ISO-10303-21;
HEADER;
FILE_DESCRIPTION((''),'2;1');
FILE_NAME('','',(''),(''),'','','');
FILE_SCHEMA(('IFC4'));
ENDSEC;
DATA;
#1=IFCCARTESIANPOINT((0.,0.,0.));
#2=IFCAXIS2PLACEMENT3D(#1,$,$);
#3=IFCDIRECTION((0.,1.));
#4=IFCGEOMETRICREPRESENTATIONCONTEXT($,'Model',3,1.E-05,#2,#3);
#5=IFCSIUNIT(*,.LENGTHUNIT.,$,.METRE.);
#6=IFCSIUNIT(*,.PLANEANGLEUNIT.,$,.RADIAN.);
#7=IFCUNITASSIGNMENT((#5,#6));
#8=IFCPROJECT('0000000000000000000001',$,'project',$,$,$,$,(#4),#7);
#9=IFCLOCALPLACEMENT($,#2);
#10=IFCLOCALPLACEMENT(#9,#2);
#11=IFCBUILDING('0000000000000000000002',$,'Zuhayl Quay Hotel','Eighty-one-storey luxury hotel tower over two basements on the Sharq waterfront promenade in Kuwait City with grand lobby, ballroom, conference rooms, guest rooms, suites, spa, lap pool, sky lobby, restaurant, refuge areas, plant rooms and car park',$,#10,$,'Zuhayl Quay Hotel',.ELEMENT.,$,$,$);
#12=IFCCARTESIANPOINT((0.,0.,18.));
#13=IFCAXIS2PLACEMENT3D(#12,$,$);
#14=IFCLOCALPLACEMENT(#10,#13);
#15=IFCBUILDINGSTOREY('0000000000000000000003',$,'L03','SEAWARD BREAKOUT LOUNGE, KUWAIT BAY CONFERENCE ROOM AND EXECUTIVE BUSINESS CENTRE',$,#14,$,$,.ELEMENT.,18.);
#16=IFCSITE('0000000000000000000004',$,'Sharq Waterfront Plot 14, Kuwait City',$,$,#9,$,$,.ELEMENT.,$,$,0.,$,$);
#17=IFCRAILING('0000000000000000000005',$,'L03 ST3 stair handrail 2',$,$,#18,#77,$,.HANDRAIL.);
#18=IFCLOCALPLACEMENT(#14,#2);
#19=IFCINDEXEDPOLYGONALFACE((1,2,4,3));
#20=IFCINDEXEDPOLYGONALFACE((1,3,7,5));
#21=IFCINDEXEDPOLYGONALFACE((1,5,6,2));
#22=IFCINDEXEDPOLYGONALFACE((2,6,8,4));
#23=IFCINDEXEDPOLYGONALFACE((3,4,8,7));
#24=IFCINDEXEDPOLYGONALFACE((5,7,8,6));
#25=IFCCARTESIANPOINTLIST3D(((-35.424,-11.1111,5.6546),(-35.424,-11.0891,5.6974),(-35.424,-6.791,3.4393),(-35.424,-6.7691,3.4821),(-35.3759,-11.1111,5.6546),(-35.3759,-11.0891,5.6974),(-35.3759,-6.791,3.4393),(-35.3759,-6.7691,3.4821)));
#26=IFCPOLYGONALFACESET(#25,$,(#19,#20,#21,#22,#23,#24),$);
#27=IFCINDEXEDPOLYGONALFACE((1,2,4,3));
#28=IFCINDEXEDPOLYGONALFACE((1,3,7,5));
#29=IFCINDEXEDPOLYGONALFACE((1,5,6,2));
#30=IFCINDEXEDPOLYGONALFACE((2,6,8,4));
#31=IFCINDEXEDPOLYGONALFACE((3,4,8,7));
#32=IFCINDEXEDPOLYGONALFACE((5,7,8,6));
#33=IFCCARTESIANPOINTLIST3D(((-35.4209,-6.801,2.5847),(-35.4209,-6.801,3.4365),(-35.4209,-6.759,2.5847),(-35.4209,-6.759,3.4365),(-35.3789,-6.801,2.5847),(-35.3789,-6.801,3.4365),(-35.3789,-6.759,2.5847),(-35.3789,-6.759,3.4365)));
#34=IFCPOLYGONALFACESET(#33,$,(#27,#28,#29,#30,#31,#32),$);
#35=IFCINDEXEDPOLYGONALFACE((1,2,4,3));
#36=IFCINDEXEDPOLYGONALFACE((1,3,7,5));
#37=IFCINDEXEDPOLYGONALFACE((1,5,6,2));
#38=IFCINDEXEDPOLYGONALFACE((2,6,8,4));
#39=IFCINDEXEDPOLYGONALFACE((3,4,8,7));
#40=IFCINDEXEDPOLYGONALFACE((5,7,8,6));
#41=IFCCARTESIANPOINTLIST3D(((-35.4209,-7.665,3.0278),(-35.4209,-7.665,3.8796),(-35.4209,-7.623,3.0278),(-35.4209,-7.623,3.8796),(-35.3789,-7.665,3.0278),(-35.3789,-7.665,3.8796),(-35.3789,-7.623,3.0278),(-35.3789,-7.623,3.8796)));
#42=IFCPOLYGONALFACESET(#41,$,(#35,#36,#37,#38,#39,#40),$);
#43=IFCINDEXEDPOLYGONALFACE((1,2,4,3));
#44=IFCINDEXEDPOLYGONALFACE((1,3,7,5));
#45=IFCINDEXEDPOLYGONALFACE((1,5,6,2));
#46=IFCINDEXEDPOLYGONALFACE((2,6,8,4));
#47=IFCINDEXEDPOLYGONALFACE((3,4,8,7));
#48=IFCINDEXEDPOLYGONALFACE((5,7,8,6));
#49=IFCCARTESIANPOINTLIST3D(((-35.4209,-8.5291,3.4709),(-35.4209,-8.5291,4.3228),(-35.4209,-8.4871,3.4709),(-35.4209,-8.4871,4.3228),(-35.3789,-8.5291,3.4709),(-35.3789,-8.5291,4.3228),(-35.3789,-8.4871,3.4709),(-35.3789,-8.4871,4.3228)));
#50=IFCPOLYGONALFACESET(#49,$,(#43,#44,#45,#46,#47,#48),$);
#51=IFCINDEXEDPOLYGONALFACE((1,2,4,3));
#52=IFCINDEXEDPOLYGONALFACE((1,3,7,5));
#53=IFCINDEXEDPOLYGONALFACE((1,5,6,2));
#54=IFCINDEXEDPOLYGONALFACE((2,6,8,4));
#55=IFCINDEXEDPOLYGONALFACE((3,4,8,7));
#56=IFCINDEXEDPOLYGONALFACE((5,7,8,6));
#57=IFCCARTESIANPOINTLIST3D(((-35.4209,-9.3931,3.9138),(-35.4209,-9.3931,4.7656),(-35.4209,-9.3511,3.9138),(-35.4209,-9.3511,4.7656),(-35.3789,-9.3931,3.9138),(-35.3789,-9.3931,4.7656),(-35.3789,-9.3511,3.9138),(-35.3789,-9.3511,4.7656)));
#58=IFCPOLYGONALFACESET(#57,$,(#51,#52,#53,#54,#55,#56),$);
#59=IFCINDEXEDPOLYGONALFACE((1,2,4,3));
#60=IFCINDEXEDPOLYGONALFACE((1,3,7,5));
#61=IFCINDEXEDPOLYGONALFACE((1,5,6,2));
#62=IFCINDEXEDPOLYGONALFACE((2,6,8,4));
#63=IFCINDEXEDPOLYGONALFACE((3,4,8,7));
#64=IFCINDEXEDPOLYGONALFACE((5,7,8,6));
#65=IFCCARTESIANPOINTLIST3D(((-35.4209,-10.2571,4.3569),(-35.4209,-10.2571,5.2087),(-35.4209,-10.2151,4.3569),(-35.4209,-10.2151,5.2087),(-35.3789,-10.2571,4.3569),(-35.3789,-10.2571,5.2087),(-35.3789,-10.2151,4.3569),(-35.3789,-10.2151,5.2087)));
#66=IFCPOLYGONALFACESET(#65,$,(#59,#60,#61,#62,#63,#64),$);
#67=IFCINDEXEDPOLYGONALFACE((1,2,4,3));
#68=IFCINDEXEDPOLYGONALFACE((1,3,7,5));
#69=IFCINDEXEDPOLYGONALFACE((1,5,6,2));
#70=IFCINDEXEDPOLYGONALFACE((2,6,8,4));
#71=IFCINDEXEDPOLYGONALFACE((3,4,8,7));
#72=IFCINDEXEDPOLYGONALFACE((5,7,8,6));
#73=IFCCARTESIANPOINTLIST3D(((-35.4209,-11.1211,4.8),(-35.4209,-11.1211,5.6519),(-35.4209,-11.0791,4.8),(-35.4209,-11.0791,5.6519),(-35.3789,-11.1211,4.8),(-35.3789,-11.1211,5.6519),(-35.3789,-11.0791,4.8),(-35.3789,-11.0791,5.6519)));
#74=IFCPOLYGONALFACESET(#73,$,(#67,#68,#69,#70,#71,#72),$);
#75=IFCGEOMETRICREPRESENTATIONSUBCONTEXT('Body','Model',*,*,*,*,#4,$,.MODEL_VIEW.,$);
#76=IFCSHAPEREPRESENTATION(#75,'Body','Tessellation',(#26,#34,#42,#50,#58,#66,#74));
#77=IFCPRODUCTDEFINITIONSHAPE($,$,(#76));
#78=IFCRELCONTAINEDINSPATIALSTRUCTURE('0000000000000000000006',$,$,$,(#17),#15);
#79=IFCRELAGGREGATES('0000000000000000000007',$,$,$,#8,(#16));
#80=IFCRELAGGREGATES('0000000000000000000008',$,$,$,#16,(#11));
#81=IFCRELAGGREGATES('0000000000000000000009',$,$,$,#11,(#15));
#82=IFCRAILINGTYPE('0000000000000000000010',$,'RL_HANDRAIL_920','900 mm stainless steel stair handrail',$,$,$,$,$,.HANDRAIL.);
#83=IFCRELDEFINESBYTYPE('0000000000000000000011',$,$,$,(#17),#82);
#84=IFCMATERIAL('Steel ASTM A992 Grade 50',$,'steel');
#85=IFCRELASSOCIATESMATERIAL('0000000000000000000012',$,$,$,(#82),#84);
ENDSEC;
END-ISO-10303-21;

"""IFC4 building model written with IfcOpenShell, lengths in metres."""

from ifc_helpers import new_model, si_unit, direction, frame, origin, origin_2d, place, context, subcontext, project, spatial, rectangle, extrude, material, type_object, element, save


model = new_model("IFC4")

# Units and contexts
model_context = context("Model", 3, precision=1e-05, world=origin(), true_north=direction((0.0, 1.0)))
body_context = subcontext(model_context, "Body", "Model", "MODEL_VIEW")
ifc_project = project(units=[si_unit("LENGTHUNIT", "METRE"), si_unit("PLANEANGLEUNIT", "RADIAN")], contexts=[model_context])

# Site, building, storey
site_placement = place(None, origin())
site = spatial("IfcSite", under=ifc_project, at=site_placement, Name="Sharq Waterfront Plot 14, Kuwait City", CompositionType="ELEMENT", RefElevation=0.0)
building_placement = place(site_placement, origin())
building = spatial("IfcBuilding", under=site, at=building_placement, Name="Zuhayl Quay Hotel", Description="Eighty-one-storey luxury hotel tower over two basements on the Sharq waterfront promenade in Kuwait City with grand lobby, ballroom, conference rooms, guest rooms, suites, spa, lap pool, sky lobby, restaurant, refuge areas, plant rooms and car park", LongName="Zuhayl Quay Hotel", CompositionType="ELEMENT")
storey_placement = place(building_placement, frame((0.0, 0.0, 18.0)))
storey = spatial("IfcBuildingStorey", under=building, at=storey_placement, Name="L03", Description="SEAWARD BREAKOUT LOUNGE, KUWAIT BAY CONFERENCE ROOM AND EXECUTIVE BUSINESS CENTRE", CompositionType="ELEMENT", Elevation=18.0)

# Shared definitions
ifc_material_1 = material(Name="Steel ASTM A992 Grade 50", Category="steel")

# Railing
railing_type_1 = type_object("IfcRailingType", Name="RL_HANDRAIL_920", Description="900 mm stainless steel stair handrail", PredefinedType="HANDRAIL", material=ifc_material_1)
railing_1_placement = place(storey_placement, frame((-35.3999, -6.78, 2.5847)))
element("IfcRailing", 1, at=railing_1_placement, inside=storey, type_object=railing_type_1, Name="L03 ST3 stair handrail 2", PredefinedType="HANDRAIL", context=body_context, shape_type="SweptSolid", body=[
    extrude(rectangle(XDim=0.0481, YDim=0.0481, at=origin_2d()), frame((0.0, 0.0, 0.876), z_axis=(0.0, -0.889825, 0.456302), x_axis=(1.0, 0.0, 0.0)), (0.0, 0.0, 1.0), 4.855),
    extrude(rectangle(XDim=0.042, YDim=0.042, at=origin_2d()), origin(), (0.0, 0.0, 1.0), 0.8518),
    extrude(rectangle(XDim=0.042, YDim=0.042, at=origin_2d()), frame((0.0, -0.864, 0.4431)), (0.0, 0.0, 1.0), 0.8518),
    extrude(rectangle(XDim=0.042, YDim=0.042, at=origin_2d()), frame((0.0, -1.728, 0.8862)), (0.0, 0.0, 1.0), 0.8518),
    extrude(rectangle(XDim=0.042, YDim=0.042, at=origin_2d()), frame((0.0, -2.592, 1.3291)), (0.0, 0.0, 1.0), 0.8518),
    extrude(rectangle(XDim=0.042, YDim=0.042, at=origin_2d()), frame((0.0, -3.4561, 1.7722)), (0.0, 0.0, 1.0), 0.8518),
    extrude(rectangle(XDim=0.042, YDim=0.042, at=origin_2d()), frame((0.0, -4.3201, 2.2153)), (0.0, 0.0, 1.0), 0.8518),
])

save(model, "model.ifc")
